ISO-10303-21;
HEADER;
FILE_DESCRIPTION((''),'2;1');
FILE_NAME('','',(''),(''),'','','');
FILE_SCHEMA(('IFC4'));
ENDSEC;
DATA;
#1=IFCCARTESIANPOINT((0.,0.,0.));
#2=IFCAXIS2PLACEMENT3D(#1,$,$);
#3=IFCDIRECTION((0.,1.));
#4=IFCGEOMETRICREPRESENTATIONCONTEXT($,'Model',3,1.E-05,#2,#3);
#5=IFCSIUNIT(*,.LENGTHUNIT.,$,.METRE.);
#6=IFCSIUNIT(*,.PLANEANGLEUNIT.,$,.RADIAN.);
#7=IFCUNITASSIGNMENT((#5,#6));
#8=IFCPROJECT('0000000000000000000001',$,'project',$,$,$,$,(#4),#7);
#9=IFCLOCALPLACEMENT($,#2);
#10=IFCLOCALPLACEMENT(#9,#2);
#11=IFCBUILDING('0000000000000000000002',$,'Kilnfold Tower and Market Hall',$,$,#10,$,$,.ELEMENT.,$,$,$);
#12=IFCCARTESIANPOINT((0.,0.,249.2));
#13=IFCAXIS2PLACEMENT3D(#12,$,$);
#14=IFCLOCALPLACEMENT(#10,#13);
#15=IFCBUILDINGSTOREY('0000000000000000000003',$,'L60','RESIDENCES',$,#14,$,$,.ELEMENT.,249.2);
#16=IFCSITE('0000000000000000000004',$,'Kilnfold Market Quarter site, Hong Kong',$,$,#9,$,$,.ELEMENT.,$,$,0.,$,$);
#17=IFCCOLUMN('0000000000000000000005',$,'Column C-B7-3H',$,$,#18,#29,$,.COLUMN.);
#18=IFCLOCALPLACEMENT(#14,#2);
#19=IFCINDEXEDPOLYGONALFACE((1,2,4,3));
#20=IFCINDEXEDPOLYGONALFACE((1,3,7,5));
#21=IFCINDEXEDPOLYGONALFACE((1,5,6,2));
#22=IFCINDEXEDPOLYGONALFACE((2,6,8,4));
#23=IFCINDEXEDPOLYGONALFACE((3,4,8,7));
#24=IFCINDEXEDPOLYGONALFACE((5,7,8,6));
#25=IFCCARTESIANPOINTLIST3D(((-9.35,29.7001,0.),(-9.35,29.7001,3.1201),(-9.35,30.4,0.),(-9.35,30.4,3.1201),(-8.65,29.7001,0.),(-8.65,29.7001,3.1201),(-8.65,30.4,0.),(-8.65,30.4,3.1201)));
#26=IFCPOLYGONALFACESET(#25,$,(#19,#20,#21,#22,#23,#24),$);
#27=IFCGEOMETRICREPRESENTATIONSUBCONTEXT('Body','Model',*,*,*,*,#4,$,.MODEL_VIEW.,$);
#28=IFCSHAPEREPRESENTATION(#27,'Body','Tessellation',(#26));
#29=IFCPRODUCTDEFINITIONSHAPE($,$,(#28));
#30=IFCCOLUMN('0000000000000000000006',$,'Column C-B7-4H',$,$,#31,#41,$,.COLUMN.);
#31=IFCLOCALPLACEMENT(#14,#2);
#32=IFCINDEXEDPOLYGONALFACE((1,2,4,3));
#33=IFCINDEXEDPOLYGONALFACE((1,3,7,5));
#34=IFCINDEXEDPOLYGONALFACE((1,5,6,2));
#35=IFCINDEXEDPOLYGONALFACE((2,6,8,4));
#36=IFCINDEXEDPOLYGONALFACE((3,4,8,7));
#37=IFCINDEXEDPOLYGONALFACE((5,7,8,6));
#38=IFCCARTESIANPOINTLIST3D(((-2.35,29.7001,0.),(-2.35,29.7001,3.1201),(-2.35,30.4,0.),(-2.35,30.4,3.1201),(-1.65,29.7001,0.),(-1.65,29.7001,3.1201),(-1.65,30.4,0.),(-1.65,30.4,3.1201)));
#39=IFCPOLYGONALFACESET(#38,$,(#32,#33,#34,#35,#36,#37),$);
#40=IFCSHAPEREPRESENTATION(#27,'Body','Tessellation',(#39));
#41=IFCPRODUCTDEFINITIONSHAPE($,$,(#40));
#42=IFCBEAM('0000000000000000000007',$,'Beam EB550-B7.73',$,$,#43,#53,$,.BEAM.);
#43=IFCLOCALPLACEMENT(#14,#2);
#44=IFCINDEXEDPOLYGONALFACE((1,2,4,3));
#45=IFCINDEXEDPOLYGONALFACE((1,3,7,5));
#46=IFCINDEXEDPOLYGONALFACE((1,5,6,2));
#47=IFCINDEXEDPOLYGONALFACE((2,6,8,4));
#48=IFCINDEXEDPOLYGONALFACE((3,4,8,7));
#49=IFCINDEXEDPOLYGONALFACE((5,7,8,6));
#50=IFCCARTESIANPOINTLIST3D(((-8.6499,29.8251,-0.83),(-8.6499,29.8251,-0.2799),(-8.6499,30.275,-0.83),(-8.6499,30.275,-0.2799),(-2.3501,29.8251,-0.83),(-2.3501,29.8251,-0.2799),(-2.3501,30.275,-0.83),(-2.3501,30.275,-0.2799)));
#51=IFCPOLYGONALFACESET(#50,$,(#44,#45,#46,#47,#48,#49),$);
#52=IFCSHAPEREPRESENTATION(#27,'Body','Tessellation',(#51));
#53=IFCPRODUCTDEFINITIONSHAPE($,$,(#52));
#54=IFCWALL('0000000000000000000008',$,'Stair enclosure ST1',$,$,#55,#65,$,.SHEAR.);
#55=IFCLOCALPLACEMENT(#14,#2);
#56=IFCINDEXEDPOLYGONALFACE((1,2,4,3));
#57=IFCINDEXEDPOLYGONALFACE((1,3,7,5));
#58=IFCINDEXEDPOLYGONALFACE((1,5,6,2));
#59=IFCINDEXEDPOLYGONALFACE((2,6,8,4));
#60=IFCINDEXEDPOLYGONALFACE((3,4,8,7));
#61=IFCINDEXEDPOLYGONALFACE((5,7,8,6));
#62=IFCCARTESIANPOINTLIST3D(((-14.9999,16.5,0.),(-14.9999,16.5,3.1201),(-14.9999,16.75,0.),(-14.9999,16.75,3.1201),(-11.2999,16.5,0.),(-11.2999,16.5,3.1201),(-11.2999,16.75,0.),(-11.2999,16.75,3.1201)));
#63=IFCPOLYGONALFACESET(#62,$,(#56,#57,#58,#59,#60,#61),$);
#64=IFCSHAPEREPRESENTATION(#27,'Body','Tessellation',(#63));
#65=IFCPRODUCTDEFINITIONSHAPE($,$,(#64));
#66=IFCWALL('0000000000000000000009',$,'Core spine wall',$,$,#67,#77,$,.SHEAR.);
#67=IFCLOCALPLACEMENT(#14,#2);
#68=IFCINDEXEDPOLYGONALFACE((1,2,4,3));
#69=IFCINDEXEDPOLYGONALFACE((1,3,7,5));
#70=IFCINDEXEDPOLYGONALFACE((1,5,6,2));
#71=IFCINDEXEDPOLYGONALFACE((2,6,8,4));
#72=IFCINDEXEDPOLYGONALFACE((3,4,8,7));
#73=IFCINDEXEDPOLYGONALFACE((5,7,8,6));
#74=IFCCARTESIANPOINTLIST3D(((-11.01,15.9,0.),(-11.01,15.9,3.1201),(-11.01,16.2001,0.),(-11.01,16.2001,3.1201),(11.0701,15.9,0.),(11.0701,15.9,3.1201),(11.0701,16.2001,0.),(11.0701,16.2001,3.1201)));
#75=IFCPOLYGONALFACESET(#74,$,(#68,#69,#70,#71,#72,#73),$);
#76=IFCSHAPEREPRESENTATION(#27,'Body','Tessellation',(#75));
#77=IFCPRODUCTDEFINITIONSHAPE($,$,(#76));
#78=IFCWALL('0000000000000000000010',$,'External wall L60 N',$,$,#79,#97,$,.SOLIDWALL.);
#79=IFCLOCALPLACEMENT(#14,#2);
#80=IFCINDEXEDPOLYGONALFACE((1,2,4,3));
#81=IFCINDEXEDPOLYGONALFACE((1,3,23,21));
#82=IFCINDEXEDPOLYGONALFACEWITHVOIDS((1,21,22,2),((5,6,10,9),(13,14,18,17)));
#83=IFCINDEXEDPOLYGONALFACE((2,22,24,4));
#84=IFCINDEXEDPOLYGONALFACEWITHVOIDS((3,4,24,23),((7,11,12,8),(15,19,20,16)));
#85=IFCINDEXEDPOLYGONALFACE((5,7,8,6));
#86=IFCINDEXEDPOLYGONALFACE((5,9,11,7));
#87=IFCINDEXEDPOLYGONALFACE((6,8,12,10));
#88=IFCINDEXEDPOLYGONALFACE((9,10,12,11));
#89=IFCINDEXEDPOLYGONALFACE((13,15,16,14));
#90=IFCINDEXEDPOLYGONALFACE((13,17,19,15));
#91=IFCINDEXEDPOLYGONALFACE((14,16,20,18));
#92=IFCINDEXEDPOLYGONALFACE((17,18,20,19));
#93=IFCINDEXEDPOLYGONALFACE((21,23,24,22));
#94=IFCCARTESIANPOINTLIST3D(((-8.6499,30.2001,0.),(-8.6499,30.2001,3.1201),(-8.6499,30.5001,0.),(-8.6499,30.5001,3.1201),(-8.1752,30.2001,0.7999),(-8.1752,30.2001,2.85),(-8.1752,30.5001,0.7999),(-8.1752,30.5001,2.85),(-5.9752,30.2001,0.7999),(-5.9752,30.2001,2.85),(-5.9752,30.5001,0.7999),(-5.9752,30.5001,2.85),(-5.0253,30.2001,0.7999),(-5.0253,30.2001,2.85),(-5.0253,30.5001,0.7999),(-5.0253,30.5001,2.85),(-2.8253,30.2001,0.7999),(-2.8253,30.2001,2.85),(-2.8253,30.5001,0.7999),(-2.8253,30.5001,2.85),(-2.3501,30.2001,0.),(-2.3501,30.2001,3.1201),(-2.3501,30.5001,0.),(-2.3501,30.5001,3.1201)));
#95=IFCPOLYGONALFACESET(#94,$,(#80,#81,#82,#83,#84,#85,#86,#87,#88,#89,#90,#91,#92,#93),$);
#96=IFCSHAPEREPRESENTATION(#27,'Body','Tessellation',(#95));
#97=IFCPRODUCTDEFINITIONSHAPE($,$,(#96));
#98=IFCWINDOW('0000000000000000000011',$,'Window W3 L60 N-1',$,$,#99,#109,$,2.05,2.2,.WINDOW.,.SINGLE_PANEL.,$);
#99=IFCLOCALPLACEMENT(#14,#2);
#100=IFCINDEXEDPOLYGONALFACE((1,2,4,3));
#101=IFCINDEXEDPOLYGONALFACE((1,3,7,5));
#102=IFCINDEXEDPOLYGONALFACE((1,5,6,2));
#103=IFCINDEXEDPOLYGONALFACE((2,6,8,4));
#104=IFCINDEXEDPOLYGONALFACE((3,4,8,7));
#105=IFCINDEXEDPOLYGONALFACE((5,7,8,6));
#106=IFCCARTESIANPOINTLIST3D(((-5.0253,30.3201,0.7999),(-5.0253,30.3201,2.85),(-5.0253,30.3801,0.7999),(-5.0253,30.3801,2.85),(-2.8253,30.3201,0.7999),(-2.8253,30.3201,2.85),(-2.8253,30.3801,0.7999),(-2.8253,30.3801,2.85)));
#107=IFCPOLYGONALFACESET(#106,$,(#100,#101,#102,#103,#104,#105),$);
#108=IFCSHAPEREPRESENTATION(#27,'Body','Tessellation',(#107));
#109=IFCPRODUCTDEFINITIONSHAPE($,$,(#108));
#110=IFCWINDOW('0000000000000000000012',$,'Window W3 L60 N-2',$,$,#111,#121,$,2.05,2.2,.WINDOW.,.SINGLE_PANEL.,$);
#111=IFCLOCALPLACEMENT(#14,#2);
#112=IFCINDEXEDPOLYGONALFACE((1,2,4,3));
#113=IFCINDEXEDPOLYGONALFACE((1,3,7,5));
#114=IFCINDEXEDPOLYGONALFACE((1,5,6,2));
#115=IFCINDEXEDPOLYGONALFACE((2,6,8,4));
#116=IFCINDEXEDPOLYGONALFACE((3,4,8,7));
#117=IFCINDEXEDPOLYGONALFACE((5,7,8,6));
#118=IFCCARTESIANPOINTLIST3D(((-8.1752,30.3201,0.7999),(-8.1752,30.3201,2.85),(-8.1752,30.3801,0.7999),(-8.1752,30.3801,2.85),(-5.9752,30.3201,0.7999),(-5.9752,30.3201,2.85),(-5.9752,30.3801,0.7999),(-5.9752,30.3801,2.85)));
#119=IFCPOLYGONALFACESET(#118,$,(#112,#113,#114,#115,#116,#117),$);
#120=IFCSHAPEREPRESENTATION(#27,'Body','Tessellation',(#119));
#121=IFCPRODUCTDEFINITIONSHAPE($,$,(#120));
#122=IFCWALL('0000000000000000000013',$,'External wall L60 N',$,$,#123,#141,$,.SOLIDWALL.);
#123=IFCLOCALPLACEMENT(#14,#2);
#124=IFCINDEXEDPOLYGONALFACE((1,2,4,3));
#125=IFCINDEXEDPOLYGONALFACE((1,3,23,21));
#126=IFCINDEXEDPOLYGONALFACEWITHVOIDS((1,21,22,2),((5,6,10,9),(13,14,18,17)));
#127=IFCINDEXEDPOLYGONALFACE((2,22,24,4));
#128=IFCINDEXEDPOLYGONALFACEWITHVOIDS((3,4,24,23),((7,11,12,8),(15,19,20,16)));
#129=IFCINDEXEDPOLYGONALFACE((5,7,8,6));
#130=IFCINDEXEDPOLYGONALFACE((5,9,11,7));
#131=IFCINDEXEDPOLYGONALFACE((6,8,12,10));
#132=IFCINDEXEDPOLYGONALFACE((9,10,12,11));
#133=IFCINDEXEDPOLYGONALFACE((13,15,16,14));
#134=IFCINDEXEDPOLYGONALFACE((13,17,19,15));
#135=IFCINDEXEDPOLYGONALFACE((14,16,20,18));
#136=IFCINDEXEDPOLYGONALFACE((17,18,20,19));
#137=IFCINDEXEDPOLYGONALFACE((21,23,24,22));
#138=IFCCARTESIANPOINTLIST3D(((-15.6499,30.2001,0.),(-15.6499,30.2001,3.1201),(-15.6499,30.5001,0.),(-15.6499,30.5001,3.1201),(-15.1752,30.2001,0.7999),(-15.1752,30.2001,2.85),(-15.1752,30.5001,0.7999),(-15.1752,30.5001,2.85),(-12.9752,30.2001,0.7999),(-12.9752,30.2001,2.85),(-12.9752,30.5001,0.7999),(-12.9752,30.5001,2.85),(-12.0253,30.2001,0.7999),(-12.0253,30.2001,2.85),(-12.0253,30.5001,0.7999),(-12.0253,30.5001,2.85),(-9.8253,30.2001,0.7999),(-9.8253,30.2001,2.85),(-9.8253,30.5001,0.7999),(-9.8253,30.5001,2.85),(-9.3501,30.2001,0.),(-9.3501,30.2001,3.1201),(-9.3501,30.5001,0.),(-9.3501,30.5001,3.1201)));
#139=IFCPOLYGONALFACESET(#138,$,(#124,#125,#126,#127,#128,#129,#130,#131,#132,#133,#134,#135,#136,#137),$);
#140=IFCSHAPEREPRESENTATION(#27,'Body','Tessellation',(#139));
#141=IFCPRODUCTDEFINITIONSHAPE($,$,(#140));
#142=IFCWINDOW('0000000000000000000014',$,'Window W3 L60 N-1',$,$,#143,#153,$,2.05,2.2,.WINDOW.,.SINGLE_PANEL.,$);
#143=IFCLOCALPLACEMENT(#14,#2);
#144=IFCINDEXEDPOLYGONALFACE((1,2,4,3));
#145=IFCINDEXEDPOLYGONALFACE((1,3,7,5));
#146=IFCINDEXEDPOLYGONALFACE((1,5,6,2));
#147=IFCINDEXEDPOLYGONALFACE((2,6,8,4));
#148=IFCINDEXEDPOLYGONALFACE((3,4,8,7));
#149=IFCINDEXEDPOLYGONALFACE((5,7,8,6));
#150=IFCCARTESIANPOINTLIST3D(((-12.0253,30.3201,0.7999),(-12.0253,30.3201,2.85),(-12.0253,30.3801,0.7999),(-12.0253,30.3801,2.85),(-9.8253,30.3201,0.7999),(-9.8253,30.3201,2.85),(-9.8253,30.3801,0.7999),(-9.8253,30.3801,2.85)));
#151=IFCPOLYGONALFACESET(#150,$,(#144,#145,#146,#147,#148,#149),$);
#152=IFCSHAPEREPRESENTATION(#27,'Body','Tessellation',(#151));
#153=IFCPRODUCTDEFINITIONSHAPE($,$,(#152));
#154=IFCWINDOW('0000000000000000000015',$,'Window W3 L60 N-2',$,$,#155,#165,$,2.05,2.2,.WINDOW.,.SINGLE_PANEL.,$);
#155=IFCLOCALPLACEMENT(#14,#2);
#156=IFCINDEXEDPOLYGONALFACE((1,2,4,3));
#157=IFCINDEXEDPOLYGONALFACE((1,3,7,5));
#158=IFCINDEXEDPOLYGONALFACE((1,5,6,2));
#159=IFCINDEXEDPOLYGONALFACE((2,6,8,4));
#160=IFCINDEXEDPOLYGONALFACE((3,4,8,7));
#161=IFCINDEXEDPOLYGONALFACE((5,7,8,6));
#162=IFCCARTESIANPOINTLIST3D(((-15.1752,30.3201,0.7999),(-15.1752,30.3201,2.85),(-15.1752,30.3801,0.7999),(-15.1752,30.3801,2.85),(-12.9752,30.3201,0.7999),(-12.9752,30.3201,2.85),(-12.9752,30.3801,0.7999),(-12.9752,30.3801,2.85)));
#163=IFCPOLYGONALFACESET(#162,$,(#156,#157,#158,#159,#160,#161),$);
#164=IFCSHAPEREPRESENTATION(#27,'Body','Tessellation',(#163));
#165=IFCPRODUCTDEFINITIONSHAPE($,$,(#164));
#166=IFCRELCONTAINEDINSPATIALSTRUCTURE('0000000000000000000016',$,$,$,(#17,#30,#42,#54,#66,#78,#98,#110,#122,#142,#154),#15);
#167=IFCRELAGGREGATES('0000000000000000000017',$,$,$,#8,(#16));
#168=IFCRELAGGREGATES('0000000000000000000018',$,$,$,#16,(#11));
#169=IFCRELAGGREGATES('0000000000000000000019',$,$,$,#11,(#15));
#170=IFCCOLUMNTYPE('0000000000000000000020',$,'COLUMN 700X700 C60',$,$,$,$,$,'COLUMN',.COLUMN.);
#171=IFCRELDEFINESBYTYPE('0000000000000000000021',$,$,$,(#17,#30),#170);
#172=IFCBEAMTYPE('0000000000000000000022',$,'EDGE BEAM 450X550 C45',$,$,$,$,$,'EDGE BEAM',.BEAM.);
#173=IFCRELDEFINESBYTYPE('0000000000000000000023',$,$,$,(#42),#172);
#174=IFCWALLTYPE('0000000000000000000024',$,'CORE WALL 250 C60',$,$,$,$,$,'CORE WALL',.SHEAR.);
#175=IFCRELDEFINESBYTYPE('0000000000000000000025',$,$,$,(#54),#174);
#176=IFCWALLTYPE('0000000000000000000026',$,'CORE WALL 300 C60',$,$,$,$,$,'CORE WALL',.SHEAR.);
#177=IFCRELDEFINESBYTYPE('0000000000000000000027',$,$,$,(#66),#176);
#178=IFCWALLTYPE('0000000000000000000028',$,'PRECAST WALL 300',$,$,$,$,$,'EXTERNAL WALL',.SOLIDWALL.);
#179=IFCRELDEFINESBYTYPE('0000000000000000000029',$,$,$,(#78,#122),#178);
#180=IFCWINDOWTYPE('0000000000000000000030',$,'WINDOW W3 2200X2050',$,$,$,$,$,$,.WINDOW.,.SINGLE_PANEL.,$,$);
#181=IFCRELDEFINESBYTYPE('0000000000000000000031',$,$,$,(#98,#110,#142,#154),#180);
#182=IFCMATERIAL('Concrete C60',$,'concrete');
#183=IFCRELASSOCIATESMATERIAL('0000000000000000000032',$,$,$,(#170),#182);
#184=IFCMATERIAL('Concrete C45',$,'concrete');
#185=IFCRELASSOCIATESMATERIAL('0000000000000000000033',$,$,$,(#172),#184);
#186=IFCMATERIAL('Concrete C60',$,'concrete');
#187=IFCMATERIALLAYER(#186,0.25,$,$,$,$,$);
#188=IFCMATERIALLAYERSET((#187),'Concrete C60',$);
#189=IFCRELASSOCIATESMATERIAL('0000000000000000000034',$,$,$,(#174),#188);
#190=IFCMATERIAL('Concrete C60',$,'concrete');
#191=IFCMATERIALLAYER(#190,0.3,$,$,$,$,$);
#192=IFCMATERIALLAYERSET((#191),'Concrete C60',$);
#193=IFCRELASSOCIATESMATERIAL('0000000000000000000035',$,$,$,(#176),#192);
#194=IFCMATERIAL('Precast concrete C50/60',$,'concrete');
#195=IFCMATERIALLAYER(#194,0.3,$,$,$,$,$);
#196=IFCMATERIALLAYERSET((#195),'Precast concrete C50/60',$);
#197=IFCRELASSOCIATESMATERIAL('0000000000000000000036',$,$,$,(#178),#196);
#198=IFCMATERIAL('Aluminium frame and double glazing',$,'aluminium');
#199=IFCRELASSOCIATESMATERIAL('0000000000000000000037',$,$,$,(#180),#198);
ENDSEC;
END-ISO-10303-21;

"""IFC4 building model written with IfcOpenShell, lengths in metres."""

from ifc_helpers import new_model, si_unit, direction, frame, frame_2d, origin, origin_2d, place, context, subcontext, project, spatial, rectangle, extrude, source, transform, mapped, material, layer, layer_set, material_profile, profile_set, type_object, element, fill, save


model = new_model("IFC4")

# Units and contexts
model_context = context("Model", 3, precision=1e-05, world=origin(), true_north=direction((0.0, 1.0)))
body_context = subcontext(model_context, "Body", "Model", "MODEL_VIEW")
ifc_project = project(units=[si_unit("LENGTHUNIT", "METRE"), si_unit("PLANEANGLEUNIT", "RADIAN")], contexts=[model_context])

# Site, building, storey
site_placement = place(None, origin())
site = spatial("IfcSite", under=ifc_project, at=site_placement, Name="Kilnfold Market Quarter site, Hong Kong", CompositionType="ELEMENT", RefElevation=0.0)
building_placement = place(site_placement, origin())
building = spatial("IfcBuilding", under=site, at=building_placement, Name="Kilnfold Tower and Market Hall", CompositionType="ELEMENT")
storey_placement = place(building_placement, frame((0.0, 0.0, 249.2)))
storey = spatial("IfcBuildingStorey", under=building, at=storey_placement, Name="L60", Description="RESIDENCES", CompositionType="ELEMENT", Elevation=249.2)

# Columns
ifc_material_1 = material(Name="Concrete C60", Category="concrete")
ifc_material_profile_1 = material_profile(ifc_material_1, rectangle(XDim=0.7, YDim=0.7, at=origin_2d()), Name="RC 700x700")
ifc_profile_set_1 = profile_set([ifc_material_profile_1], Name="Concrete C60")
column_type = type_object("IfcColumnType", Name="COLUMN 700X700 C60", ElementType="COLUMN", PredefinedType="COLUMN", material=ifc_profile_set_1)
shared_shape_1 = source(origin(), body_context, "Body", "SweptSolid", [
    extrude(rectangle(XDim=0.7, YDim=0.7, at=origin_2d()), origin(), (0.0, 0.0, 1.0), 3.1201),
])
for number, where, z_axis, x_axis, name in (
    (1, (-9.0, 30.05, 0.0), (0.0, 0.0, 1.0), (1.0, 0.0, 0.0), "Column C-B7-3H"),
    (2, (-2.0, 30.05, 0.0), (0.0, 0.0, 1.0), (1.0, 0.0, 0.0), "Column C-B7-4H"),
):
    element("IfcColumn", number, at=place(storey_placement, frame(where, z_axis=z_axis, x_axis=x_axis)), inside=storey, type_object=column_type, Name=name, PredefinedType="COLUMN", context=body_context, shape_type="MappedRepresentation", body=[
        mapped(shared_shape_1, transform((0.0, 0.0, 0.0))),
    ])

# Beam
ifc_material_2 = material(Name="Concrete C45", Category="concrete")
ifc_material_profile_2 = material_profile(ifc_material_2, rectangle(XDim=0.45, YDim=0.55, at=origin_2d()), Name="RC 450x550")
ifc_profile_set_2 = profile_set([ifc_material_profile_2], Name="Concrete C45")
beam_type = type_object("IfcBeamType", Name="EDGE BEAM 450X550 C45", ElementType="EDGE BEAM", PredefinedType="BEAM", material=ifc_profile_set_2)
shared_shape_2 = source(origin(), body_context, "Body", "SweptSolid", [
    extrude(rectangle(XDim=0.45, YDim=0.55, at=origin_2d()), origin(), (0.0, 0.0, 1.0), 6.2998),
])
beam_placement = place(storey_placement, frame((-8.6499, 30.05, -0.5549), z_axis=(1.0, 0.0, 0.0), x_axis=(0.0, 1.0, 0.0)))
element("IfcBeam", 3, at=beam_placement, inside=storey, type_object=beam_type, Name="Beam EB550-B7.73", PredefinedType="BEAM", context=body_context, shape_type="MappedRepresentation", body=[
    mapped(shared_shape_2, transform((0.0, 0.0, 0.0))),
])

# Walls
ifc_material_3 = material(Name="Concrete C60", Category="concrete")
ifc_layer_1 = layer(ifc_material_3, 0.25)
ifc_layer_set_1 = layer_set([ifc_layer_1], Name="Concrete C60")
wall_type_1 = type_object("IfcWallType", Name="CORE WALL 250 C60", ElementType="CORE WALL", PredefinedType="SHEAR", material=ifc_layer_set_1)
shared_shape_3 = source(origin(), body_context, "Body", "SweptSolid", [
    extrude(rectangle(XDim=3.7, YDim=0.25, at=frame_2d((1.8501, 0.0))), origin(), (0.0, 0.0, 1.0), 3.1201),
])
wall_1_placement = place(storey_placement, frame((-15.0, 16.625, 0.0), z_axis=(0.0, 0.0, 1.0), x_axis=(1.0, 0.0, 0.0)))
element("IfcWall", 4, at=wall_1_placement, inside=storey, type_object=wall_type_1, Name="Stair enclosure ST1", PredefinedType="SHEAR", context=body_context, shape_type="MappedRepresentation", body=[
    mapped(shared_shape_3, transform((0.0, 0.0, 0.0))),
])
ifc_material_4 = material(Name="Concrete C60", Category="concrete")
ifc_layer_2 = layer(ifc_material_4, 0.3)
ifc_layer_set_2 = layer_set([ifc_layer_2], Name="Concrete C60")
wall_type_2 = type_object("IfcWallType", Name="CORE WALL 300 C60", ElementType="CORE WALL", PredefinedType="SHEAR", material=ifc_layer_set_2)
shared_shape_4 = source(origin(), body_context, "Body", "SweptSolid", [
    extrude(rectangle(XDim=22.0801, YDim=0.3, at=frame_2d((11.04, 0.0))), origin(), (0.0, 0.0, 1.0), 3.1201),
])
wall_2_placement = place(storey_placement, frame((-11.01, 16.05, 0.0), z_axis=(0.0, 0.0, 1.0), x_axis=(1.0, 0.0, 0.0)))
element("IfcWall", 5, at=wall_2_placement, inside=storey, type_object=wall_type_2, Name="Core spine wall", PredefinedType="SHEAR", context=body_context, shape_type="MappedRepresentation", body=[
    mapped(shared_shape_4, transform((0.0, 0.0, 0.0))),
])

# Walls, openings, windows
ifc_material_5 = material(Name="Precast concrete C50/60", Category="concrete")
ifc_layer_3 = layer(ifc_material_5, 0.3)
ifc_layer_set_3 = layer_set([ifc_layer_3], Name="Precast concrete C50/60")
wall_type_3 = type_object("IfcWallType", Name="PRECAST WALL 300", ElementType="EXTERNAL WALL", PredefinedType="SOLIDWALL", material=ifc_layer_set_3)
shared_shape_5 = source(origin(), body_context, "Body", "SweptSolid", [
    extrude(rectangle(XDim=6.2998, YDim=0.3, at=frame_2d((3.1499, 0.0))), origin(), (0.0, 0.0, 1.0), 3.1201),
])
wall_3_placement = place(storey_placement, frame((-2.3501, 30.3501, 0.0), z_axis=(0.0, 0.0, 1.0), x_axis=(-1.0, 0.0, 0.0)))
wall_3 = element("IfcWall", 6, at=wall_3_placement, inside=storey, type_object=wall_type_3, Name="External wall L60 N", PredefinedType="SOLIDWALL", context=body_context, shape_type="MappedRepresentation", body=[
    mapped(shared_shape_5, transform((0.0, 0.0, 0.0))),
])
opening_1_placement = place(wall_3_placement, frame((0.4751, 0.0, 0.8)))
opening_1 = element("IfcOpeningElement", 7, at=opening_1_placement, cuts=wall_3, PredefinedType="OPENING", context=body_context, shape_type="SweptSolid", body=[
    extrude(rectangle(XDim=2.2, YDim=2.05, at=frame_2d((1.1001, 1.0249))), frame((0.0, 0.1602, 0.0), z_axis=(0.0, -1.0, 0.0), x_axis=(1.0, 0.0, 0.0)), (0.0, 0.0, 1.0), 0.3201),
])
opening_2_placement = place(wall_3_placement, frame((3.625, 0.0, 0.8)))
opening_2 = element("IfcOpeningElement", 8, at=opening_2_placement, cuts=wall_3, PredefinedType="OPENING", context=body_context, shape_type="SweptSolid", body=[
    extrude(rectangle(XDim=2.2, YDim=2.05, at=frame_2d((1.1001, 1.0249))), frame((0.0, 0.1602, 0.0), z_axis=(0.0, -1.0, 0.0), x_axis=(1.0, 0.0, 0.0)), (0.0, 0.0, 1.0), 0.3201),
])
ifc_material_6 = material(Name="Aluminium frame and double glazing", Category="aluminium")
window_type = type_object("IfcWindowType", Name="WINDOW W3 2200X2050", PartitioningType="SINGLE_PANEL", PredefinedType="WINDOW", material=ifc_material_6)
window_1_placement = place(opening_1_placement, origin())
window_1 = element("IfcWindow", 9, at=window_1_placement, inside=storey, type_object=window_type, Name="Window W3 L60 N-1", OverallHeight=2.05, OverallWidth=2.2, PartitioningType="SINGLE_PANEL", PredefinedType="WINDOW", context=body_context, shape_type="SweptSolid", body=[
    extrude(rectangle(XDim=2.2, YDim=2.05, at=frame_2d((1.1001, 1.0249))), frame((0.0, 0.03, 0.0), z_axis=(0.0, -1.0, 0.0), x_axis=(1.0, 0.0, 0.0)), (0.0, 0.0, 1.0), 0.0601),
])
fill(opening_1, window_1)
window_2_placement = place(opening_2_placement, origin())
window_2 = element("IfcWindow", 10, at=window_2_placement, inside=storey, type_object=window_type, Name="Window W3 L60 N-2", OverallHeight=2.05, OverallWidth=2.2, PartitioningType="SINGLE_PANEL", PredefinedType="WINDOW", context=body_context, shape_type="SweptSolid", body=[
    extrude(rectangle(XDim=2.2, YDim=2.05, at=frame_2d((1.1001, 1.0249))), frame((0.0, 0.03, 0.0), z_axis=(0.0, -1.0, 0.0), x_axis=(1.0, 0.0, 0.0)), (0.0, 0.0, 1.0), 0.0601),
])
fill(opening_2, window_2)
wall_4_placement = place(storey_placement, frame((-9.3501, 30.3501, 0.0), z_axis=(0.0, 0.0, 1.0), x_axis=(-1.0, 0.0, 0.0)))
wall_4 = element("IfcWall", 11, at=wall_4_placement, inside=storey, type_object=wall_type_3, Name="External wall L60 N", PredefinedType="SOLIDWALL", context=body_context, shape_type="MappedRepresentation", body=[
    mapped(shared_shape_5, transform((0.0, 0.0, 0.0))),
])
opening_3_placement = place(wall_4_placement, frame((0.4751, 0.0, 0.8)))
opening_3 = element("IfcOpeningElement", 12, at=opening_3_placement, cuts=wall_4, PredefinedType="OPENING", context=body_context, shape_type="SweptSolid", body=[
    extrude(rectangle(XDim=2.2, YDim=2.05, at=frame_2d((1.1001, 1.0249))), frame((0.0, 0.1602, 0.0), z_axis=(0.0, -1.0, 0.0), x_axis=(1.0, 0.0, 0.0)), (0.0, 0.0, 1.0), 0.3201),
])
opening_4_placement = place(wall_4_placement, frame((3.625, 0.0, 0.8)))
opening_4 = element("IfcOpeningElement", 13, at=opening_4_placement, cuts=wall_4, PredefinedType="OPENING", context=body_context, shape_type="SweptSolid", body=[
    extrude(rectangle(XDim=2.2, YDim=2.05, at=frame_2d((1.1001, 1.0249))), frame((0.0, 0.1602, 0.0), z_axis=(0.0, -1.0, 0.0), x_axis=(1.0, 0.0, 0.0)), (0.0, 0.0, 1.0), 0.3201),
])
window_3_placement = place(opening_3_placement, origin())
window_3 = element("IfcWindow", 14, at=window_3_placement, inside=storey, type_object=window_type, Name="Window W3 L60 N-1", OverallHeight=2.05, OverallWidth=2.2, PartitioningType="SINGLE_PANEL", PredefinedType="WINDOW", context=body_context, shape_type="SweptSolid", body=[
    extrude(rectangle(XDim=2.2, YDim=2.05, at=frame_2d((1.1001, 1.0249))), frame((0.0, 0.03, 0.0), z_axis=(0.0, -1.0, 0.0), x_axis=(1.0, 0.0, 0.0)), (0.0, 0.0, 1.0), 0.0601),
])
fill(opening_3, window_3)
window_4_placement = place(opening_4_placement, origin())
window_4 = element("IfcWindow", 15, at=window_4_placement, inside=storey, type_object=window_type, Name="Window W3 L60 N-2", OverallHeight=2.05, OverallWidth=2.2, PartitioningType="SINGLE_PANEL", PredefinedType="WINDOW", context=body_context, shape_type="SweptSolid", body=[
    extrude(rectangle(XDim=2.2, YDim=2.05, at=frame_2d((1.1001, 1.0249))), frame((0.0, 0.03, 0.0), z_axis=(0.0, -1.0, 0.0), x_axis=(1.0, 0.0, 0.0)), (0.0, 0.0, 1.0), 0.0601),
])
fill(opening_4, window_4)

save(model, "model.ifc")
